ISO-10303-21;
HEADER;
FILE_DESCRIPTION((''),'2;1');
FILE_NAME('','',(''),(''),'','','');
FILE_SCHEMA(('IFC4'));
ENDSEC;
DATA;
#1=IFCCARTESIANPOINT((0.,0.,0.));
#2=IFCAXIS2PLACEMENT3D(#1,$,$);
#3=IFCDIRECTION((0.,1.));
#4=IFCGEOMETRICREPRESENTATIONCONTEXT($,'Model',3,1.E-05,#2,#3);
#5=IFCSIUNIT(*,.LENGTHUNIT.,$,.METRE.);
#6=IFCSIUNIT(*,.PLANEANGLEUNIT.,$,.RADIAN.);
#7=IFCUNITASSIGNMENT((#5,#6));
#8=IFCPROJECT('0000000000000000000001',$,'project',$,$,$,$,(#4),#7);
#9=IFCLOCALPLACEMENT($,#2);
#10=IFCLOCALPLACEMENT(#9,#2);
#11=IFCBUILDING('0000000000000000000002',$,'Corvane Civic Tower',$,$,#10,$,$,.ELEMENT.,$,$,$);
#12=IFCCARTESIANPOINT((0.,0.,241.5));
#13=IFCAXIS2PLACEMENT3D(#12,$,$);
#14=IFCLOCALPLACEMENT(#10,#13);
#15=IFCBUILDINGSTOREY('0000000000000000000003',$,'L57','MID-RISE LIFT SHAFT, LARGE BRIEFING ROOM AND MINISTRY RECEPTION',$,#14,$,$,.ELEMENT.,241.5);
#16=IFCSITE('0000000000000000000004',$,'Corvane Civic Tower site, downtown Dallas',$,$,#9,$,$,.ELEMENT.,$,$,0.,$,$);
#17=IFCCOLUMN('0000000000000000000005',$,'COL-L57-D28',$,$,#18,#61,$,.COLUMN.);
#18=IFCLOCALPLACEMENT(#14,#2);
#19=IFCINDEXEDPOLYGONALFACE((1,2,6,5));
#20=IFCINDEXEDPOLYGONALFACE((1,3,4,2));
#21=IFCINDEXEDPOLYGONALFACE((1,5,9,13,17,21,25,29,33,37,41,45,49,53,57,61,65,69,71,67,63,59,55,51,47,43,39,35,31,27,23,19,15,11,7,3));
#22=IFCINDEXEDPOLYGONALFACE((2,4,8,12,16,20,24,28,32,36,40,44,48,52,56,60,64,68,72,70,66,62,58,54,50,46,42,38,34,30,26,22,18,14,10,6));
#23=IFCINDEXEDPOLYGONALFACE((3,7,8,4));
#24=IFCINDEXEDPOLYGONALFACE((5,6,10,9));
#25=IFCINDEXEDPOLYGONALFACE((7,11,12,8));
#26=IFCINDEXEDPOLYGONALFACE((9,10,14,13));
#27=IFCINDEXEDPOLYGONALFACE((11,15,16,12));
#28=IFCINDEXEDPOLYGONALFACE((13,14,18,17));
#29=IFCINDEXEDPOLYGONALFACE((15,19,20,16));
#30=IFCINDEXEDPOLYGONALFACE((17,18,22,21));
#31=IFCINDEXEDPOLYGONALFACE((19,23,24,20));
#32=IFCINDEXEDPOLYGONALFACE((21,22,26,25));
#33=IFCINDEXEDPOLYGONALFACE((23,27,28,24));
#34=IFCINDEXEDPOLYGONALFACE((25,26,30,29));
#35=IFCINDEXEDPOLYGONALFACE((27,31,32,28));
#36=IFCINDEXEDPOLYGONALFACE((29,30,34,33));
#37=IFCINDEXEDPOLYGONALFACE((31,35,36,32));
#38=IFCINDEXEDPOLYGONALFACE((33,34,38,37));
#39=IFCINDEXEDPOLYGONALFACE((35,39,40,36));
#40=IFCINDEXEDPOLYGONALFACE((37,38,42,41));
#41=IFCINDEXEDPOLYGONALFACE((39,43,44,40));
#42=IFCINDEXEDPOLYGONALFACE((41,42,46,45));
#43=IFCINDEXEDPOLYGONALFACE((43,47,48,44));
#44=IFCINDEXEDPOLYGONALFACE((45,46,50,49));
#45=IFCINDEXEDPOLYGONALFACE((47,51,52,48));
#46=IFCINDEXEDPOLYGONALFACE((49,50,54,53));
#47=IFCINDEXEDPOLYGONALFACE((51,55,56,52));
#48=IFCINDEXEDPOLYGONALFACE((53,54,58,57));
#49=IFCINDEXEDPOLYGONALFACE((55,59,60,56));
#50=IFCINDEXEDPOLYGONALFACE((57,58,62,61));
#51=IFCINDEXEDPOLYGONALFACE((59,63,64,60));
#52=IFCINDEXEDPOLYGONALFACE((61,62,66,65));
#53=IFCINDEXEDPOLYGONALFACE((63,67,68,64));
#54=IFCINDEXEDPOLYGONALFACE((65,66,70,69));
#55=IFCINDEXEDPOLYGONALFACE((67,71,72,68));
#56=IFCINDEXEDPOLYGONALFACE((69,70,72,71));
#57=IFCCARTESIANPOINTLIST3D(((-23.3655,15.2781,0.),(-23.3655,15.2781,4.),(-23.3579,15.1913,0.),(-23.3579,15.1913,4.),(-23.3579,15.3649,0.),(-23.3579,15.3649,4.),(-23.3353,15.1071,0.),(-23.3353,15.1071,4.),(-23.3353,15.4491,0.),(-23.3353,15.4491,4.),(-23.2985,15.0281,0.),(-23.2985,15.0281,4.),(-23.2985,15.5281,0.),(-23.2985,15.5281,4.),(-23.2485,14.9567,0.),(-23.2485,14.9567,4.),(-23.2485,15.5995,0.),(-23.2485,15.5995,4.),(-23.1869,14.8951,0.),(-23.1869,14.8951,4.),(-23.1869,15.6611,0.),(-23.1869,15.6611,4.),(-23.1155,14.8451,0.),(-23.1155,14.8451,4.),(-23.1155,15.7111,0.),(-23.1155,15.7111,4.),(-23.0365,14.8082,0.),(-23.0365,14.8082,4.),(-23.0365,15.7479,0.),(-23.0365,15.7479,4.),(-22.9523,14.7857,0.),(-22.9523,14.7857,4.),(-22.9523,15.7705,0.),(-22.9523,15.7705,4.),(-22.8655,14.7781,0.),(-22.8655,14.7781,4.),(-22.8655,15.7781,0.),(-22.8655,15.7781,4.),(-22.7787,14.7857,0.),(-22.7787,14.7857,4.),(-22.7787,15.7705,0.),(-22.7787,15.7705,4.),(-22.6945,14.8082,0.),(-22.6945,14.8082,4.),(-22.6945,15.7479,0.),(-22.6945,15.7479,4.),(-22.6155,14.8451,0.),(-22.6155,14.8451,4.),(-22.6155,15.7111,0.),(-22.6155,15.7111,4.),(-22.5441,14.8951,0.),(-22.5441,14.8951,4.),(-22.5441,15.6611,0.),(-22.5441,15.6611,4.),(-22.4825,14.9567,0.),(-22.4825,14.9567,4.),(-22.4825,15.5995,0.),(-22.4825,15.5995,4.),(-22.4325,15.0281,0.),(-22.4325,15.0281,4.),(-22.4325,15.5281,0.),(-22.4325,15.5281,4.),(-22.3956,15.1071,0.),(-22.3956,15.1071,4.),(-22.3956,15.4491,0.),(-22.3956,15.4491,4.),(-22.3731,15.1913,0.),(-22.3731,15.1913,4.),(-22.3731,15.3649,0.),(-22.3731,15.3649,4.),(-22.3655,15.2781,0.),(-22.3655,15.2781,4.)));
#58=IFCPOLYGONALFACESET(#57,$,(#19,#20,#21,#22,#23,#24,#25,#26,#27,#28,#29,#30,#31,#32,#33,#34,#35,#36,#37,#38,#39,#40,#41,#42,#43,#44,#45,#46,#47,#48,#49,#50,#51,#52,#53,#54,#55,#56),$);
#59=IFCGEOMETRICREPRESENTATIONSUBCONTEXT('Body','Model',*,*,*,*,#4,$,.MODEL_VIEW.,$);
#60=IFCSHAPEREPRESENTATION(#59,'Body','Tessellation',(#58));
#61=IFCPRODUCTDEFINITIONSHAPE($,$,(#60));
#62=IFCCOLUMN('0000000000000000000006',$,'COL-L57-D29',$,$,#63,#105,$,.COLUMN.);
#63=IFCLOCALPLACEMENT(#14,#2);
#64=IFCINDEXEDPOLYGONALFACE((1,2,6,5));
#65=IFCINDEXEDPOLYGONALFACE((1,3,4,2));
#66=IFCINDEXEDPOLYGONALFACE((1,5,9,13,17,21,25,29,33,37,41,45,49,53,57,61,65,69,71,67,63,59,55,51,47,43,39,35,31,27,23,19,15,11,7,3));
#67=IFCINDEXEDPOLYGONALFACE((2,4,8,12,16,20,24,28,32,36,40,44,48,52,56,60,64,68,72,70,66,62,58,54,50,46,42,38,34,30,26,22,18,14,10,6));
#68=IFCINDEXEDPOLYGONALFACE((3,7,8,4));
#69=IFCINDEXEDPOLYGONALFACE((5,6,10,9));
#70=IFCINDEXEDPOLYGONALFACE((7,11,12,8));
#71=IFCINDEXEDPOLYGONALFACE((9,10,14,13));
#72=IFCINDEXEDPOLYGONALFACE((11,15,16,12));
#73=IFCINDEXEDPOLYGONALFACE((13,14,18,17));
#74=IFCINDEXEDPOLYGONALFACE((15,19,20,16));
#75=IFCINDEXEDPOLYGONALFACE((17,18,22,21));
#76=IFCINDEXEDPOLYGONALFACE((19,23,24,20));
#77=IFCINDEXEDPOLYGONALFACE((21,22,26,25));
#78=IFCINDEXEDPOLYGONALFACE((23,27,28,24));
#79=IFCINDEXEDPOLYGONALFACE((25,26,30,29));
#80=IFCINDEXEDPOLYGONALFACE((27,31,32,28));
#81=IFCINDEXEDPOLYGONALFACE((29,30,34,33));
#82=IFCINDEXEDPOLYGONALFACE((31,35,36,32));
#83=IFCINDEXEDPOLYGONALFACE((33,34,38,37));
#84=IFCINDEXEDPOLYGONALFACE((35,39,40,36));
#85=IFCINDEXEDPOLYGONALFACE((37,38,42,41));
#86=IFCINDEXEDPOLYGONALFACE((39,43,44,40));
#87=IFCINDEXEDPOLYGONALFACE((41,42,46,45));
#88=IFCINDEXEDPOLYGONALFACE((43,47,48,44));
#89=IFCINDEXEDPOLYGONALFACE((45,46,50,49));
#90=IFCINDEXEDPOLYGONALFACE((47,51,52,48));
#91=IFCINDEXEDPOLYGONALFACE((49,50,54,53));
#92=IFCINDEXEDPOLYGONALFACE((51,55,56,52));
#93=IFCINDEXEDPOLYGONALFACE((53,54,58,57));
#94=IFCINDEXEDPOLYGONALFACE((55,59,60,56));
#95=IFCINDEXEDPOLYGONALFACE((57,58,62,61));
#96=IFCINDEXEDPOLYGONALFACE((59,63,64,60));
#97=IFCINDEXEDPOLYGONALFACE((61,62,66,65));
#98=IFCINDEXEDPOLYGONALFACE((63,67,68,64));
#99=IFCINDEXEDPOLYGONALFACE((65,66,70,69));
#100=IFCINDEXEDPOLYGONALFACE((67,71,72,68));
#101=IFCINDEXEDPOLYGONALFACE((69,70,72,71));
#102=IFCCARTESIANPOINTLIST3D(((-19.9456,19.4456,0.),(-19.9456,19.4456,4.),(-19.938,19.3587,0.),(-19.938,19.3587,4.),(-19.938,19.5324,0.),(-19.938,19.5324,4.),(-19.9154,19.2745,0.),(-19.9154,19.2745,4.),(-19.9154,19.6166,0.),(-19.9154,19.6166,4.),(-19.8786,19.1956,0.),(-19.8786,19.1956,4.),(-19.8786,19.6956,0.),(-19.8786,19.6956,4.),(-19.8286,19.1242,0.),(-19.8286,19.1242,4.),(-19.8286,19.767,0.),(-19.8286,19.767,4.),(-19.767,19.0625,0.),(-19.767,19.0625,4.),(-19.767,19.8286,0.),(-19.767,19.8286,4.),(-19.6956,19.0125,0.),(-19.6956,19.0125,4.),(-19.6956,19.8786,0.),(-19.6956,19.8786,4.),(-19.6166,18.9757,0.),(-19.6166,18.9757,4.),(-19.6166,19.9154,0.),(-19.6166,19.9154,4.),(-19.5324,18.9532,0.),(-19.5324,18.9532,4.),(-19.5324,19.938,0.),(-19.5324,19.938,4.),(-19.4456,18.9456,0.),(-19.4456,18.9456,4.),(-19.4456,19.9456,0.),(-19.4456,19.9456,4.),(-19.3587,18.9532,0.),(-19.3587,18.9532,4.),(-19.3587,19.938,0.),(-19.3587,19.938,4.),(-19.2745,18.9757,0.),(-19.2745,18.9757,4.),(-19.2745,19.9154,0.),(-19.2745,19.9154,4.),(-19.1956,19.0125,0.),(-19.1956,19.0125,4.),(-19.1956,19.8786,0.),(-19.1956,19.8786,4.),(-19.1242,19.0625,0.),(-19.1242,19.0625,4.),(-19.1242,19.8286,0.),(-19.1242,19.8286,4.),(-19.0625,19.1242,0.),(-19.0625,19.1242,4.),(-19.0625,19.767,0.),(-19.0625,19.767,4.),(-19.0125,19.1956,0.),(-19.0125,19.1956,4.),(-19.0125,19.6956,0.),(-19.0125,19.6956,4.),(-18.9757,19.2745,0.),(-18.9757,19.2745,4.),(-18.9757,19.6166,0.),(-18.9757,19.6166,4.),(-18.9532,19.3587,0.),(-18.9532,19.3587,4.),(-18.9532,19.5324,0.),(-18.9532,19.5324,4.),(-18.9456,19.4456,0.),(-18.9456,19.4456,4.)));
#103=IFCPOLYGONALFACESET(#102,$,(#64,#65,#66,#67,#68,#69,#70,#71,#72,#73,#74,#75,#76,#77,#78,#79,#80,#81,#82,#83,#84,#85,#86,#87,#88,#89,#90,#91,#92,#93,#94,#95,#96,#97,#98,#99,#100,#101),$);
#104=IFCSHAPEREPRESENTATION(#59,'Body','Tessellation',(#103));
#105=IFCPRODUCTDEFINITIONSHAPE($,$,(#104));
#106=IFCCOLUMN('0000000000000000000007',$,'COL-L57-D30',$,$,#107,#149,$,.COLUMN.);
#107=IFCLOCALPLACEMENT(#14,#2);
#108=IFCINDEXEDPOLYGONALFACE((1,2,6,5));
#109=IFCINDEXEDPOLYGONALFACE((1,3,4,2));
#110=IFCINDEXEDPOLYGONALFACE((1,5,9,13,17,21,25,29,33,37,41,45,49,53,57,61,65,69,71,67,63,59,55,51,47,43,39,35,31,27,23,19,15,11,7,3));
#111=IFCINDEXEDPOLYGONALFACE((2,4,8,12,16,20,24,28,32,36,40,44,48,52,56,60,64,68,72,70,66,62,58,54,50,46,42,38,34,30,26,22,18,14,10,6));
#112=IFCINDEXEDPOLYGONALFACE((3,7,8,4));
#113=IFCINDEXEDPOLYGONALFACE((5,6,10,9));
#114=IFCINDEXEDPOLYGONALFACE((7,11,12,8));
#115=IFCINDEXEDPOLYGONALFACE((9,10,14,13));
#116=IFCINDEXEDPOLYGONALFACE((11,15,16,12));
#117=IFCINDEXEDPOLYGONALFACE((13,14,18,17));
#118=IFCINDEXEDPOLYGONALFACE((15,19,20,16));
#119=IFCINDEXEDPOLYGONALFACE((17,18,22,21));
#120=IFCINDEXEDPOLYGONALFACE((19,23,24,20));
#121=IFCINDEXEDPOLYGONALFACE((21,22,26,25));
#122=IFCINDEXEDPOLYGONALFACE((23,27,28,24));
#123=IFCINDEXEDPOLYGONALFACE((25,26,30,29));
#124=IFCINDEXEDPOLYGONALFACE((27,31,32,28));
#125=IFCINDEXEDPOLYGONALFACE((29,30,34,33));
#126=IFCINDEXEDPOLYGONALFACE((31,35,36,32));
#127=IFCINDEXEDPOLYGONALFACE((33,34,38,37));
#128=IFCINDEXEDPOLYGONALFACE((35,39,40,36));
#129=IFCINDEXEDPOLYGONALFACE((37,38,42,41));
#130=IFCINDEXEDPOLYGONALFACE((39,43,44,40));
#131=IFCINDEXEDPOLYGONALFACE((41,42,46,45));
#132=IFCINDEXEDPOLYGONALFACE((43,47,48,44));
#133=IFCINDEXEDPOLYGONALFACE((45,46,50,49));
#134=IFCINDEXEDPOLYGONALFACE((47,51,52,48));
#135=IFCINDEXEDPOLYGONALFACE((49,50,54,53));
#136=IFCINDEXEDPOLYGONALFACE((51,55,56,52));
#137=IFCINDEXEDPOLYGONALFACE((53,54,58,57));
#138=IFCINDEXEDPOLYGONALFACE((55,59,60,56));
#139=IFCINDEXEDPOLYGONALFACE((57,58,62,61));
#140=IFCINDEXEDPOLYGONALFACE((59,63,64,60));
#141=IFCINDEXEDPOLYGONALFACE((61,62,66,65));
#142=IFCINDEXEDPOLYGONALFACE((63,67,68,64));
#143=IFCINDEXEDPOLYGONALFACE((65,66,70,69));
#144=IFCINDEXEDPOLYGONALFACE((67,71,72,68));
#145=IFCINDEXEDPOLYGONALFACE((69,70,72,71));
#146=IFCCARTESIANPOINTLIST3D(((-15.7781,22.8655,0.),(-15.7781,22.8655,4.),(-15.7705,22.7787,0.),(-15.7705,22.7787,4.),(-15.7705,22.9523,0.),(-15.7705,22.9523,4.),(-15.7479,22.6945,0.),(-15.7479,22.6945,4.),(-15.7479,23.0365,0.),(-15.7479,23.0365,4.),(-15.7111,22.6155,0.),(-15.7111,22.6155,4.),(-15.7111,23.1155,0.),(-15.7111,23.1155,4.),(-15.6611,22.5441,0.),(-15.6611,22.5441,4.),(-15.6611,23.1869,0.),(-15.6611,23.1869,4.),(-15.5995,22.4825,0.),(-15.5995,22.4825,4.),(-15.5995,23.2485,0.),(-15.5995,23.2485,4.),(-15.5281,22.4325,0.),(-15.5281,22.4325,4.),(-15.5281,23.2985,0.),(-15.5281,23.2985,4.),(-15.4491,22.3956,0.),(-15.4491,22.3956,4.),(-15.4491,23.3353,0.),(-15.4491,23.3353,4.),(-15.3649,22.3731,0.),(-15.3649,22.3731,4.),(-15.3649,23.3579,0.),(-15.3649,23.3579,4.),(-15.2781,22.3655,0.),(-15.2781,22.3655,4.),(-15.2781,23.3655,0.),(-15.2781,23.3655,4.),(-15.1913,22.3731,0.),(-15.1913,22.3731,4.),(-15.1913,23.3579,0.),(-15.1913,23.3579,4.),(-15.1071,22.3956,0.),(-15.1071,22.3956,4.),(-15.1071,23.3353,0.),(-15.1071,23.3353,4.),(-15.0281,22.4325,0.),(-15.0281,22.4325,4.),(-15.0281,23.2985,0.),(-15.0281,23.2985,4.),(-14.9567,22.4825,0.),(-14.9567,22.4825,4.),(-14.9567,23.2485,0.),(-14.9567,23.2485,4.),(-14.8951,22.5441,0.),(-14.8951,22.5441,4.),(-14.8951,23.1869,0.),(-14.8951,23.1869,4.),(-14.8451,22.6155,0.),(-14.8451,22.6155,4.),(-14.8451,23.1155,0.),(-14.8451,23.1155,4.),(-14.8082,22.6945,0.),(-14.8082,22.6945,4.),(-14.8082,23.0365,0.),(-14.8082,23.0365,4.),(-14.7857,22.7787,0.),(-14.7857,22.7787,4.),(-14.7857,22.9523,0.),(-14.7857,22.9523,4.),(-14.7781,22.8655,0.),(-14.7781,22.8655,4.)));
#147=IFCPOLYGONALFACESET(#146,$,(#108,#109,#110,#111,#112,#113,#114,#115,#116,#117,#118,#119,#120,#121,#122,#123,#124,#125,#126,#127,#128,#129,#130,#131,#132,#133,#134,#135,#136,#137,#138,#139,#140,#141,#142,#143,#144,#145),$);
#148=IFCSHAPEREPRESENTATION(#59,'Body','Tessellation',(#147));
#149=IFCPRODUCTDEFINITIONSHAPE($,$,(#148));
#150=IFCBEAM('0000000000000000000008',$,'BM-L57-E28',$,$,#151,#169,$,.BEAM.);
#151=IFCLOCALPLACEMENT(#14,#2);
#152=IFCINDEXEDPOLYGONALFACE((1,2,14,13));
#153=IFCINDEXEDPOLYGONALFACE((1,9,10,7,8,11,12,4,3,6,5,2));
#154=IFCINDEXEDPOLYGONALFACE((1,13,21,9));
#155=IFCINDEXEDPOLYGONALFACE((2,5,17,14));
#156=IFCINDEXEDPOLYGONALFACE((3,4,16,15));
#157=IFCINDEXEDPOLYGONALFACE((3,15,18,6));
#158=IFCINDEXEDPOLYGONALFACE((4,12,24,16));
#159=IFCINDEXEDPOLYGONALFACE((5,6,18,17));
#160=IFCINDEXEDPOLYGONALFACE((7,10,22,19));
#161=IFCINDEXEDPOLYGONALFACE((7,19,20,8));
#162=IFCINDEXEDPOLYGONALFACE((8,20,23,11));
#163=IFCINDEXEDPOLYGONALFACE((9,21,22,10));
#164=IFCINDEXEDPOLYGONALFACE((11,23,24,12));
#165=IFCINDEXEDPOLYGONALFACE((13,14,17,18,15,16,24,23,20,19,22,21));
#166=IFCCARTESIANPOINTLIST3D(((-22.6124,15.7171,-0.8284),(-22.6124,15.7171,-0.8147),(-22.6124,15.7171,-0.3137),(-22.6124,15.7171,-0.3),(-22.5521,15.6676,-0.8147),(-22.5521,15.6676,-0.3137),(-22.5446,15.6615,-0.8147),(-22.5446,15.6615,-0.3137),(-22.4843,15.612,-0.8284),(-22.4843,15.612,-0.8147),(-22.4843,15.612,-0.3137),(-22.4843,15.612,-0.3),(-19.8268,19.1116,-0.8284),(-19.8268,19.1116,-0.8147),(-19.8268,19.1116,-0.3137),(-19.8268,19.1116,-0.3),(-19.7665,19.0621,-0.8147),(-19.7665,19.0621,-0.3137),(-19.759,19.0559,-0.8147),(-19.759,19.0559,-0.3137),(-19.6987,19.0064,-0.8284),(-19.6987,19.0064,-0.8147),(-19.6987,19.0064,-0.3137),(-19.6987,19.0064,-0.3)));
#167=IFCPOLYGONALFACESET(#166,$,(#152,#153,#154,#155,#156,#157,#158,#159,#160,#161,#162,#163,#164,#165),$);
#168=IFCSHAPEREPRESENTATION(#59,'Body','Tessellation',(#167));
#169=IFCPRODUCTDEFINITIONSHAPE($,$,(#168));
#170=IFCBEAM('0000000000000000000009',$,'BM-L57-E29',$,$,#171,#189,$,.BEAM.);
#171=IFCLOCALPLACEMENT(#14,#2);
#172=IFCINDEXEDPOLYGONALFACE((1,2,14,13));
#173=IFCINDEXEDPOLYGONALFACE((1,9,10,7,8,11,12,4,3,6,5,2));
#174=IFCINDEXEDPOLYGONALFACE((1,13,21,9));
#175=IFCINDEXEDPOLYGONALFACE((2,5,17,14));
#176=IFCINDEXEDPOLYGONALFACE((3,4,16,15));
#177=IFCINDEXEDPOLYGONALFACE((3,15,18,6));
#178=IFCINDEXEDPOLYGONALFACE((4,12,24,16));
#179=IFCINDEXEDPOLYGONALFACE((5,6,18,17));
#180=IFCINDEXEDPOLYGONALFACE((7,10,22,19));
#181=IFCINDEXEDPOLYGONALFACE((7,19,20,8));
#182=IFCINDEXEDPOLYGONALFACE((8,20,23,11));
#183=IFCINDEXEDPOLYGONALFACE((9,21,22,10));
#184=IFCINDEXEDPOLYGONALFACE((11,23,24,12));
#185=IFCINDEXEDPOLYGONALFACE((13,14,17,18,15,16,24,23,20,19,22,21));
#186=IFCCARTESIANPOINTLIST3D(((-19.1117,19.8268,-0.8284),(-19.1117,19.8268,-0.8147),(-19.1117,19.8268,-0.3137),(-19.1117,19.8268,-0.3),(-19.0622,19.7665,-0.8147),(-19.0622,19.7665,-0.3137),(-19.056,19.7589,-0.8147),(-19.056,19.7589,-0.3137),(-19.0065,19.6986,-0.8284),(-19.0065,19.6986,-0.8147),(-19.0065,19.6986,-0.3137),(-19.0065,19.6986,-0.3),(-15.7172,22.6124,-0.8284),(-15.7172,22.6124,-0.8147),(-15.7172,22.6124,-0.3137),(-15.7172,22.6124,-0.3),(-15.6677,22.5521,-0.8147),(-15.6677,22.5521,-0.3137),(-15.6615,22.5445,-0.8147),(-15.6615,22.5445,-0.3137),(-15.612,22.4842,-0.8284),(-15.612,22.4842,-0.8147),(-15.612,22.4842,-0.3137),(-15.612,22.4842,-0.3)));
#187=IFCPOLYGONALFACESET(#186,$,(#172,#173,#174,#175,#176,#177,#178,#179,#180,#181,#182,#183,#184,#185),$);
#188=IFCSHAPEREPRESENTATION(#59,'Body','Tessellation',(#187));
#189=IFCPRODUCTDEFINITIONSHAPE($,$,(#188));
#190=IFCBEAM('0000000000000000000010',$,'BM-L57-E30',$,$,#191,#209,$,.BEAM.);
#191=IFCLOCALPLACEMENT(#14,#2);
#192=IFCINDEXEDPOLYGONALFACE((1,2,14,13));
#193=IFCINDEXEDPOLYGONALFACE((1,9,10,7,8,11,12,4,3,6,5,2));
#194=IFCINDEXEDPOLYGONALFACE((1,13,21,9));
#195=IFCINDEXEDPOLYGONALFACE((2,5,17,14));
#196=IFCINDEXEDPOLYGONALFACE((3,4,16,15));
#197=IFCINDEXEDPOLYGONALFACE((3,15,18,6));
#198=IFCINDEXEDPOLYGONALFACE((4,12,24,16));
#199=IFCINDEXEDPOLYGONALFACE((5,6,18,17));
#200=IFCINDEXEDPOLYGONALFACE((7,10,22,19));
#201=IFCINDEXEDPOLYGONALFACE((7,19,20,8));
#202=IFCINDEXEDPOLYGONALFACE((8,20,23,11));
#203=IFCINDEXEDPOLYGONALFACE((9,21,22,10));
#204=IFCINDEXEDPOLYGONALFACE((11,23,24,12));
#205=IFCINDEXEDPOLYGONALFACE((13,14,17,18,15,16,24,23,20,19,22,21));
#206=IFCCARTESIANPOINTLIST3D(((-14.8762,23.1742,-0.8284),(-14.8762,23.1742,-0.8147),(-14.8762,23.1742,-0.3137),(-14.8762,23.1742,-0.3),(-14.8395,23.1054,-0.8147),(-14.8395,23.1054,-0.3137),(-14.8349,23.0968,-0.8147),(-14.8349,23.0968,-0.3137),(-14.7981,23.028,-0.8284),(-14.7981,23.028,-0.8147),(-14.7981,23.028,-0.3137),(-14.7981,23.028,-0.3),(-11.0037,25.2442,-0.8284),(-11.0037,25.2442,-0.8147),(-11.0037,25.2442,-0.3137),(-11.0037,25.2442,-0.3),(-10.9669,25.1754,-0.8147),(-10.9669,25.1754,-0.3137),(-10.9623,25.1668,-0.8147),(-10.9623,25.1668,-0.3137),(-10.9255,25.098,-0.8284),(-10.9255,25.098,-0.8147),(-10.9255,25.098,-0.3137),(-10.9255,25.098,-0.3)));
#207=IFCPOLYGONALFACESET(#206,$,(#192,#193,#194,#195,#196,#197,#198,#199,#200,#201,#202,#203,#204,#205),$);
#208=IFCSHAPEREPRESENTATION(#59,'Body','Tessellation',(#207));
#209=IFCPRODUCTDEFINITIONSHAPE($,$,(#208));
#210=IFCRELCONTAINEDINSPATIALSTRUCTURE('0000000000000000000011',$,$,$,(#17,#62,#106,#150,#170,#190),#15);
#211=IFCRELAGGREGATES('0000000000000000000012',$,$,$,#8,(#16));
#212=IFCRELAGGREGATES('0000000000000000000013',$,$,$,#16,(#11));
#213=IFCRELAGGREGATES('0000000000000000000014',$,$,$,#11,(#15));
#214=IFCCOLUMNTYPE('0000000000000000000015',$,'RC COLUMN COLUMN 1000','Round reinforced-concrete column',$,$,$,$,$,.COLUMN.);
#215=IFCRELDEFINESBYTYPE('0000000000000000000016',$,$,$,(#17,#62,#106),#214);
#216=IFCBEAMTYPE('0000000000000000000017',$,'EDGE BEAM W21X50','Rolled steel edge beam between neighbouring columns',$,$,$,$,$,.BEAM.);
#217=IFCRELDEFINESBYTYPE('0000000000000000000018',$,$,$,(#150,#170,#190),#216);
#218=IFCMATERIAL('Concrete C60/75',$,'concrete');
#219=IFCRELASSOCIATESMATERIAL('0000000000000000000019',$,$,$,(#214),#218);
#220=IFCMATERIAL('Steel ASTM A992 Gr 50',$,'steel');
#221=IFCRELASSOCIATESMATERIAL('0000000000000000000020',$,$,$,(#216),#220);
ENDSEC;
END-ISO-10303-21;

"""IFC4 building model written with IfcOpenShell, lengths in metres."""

from ifc_helpers import new_model, si_unit, direction, frame, origin, origin_2d, place, context, subcontext, project, spatial, circle, i_section, extrude, material, material_profile, profile_set, type_object, element, save


model = new_model("IFC4")

# Units and contexts
model_context = context("Model", 3, precision=1e-05, world=origin(), true_north=direction((0.0, 1.0)))
body_context = subcontext(model_context, "Body", "Model", "MODEL_VIEW")
ifc_project = project(units=[si_unit("LENGTHUNIT", "METRE"), si_unit("PLANEANGLEUNIT", "RADIAN")], contexts=[model_context])

# Site, building, storey
site_placement = place(None, origin())
site = spatial("IfcSite", under=ifc_project, at=site_placement, Name="Corvane Civic Tower site, downtown Dallas", CompositionType="ELEMENT", RefElevation=0.0)
building_placement = place(site_placement, origin())
building = spatial("IfcBuilding", under=site, at=building_placement, Name="Corvane Civic Tower", CompositionType="ELEMENT")
storey_placement = place(building_placement, frame((0.0, 0.0, 241.5)))
storey = spatial("IfcBuildingStorey", under=building, at=storey_placement, Name="L57", Description="MID-RISE LIFT SHAFT, LARGE BRIEFING ROOM AND MINISTRY RECEPTION", CompositionType="ELEMENT", Elevation=241.5)

# Columns
ifc_material_1 = material(Name="Concrete C60/75", Category="concrete")
ifc_material_profile_1 = material_profile(ifc_material_1, circle(Radius=0.5, at=origin_2d()), Name="COLUMN 1000")
ifc_profile_set_1 = profile_set([ifc_material_profile_1], Name="Concrete C60/75")
column_type = type_object("IfcColumnType", Name="RC COLUMN COLUMN 1000", Description="Round reinforced-concrete column", PredefinedType="COLUMN", material=ifc_profile_set_1)
for number, where, z_axis, x_axis, name in (
    (1, (-22.8655, 15.2781, 0.0), (0.0, 0.0, 1.0), (1.0, 0.0, 0.0), "COL-L57-D28"),
    (2, (-19.4456, 19.4456, 0.0), (0.0, 0.0, 1.0), (1.0, 0.0, 0.0), "COL-L57-D29"),
    (3, (-15.2781, 22.8655, 0.0), (0.0, 0.0, 1.0), (1.0, 0.0, 0.0), "COL-L57-D30"),
):
    element("IfcColumn", number, at=place(storey_placement, frame(where, z_axis=z_axis, x_axis=x_axis)), inside=storey, type_object=column_type, Name=name, PredefinedType="COLUMN", context=body_context, shape_type="SweptSolid", body=[
        extrude(circle(Radius=0.5, at=origin_2d()), origin(), (0.0, 0.0, 1.0), 4.0),
    ])

# Beams
ifc_material_2 = material(Name="Steel ASTM A992 Gr 50", Category="steel")
ifc_material_profile_2 = material_profile(ifc_material_2, i_section(OverallWidth=0.1658, OverallDepth=0.5283, WebThickness=0.0098, FlangeThickness=0.0137, at=origin_2d()), Name="W21X50")
ifc_profile_set_2 = profile_set([ifc_material_profile_2], Name="Steel ASTM A992 Gr 50")
beam_type_1 = type_object("IfcBeamType", Name="EDGE BEAM W21X50", Description="Rolled steel edge beam between neighbouring columns", PredefinedType="BEAM", material=ifc_profile_set_2)
for number, where, z_axis, x_axis, name in (
    (4, (-22.5483, 15.6646, -0.5642), (0.634369, 0.77303, 0.0), (-0.77303, 0.634369, 0.0), "BM-L57-E28"),
    (5, (-19.0591, 19.7627, -0.5642), (0.77303, 0.634369, 0.0), (-0.634369, 0.77303, 0.0), "BM-L57-E29"),
    (6, (-14.8372, 23.1011, -0.5642), (0.881908, 0.471422, 0.0), (-0.471422, 0.881908, 0.0), "BM-L57-E30"),
):
    element("IfcBeam", number, at=place(storey_placement, frame(where, z_axis=z_axis, x_axis=x_axis)), inside=storey, type_object=beam_type_1, Name=name, PredefinedType="BEAM", context=body_context, shape_type="SweptSolid", body=[
        extrude(i_section(OverallWidth=0.1658, OverallDepth=0.5283, WebThickness=0.0098, FlangeThickness=0.0137, at=origin_2d()), origin(), (0.0, 0.0, 1.0), 4.3911),
    ])

save(model, "model.ifc")
